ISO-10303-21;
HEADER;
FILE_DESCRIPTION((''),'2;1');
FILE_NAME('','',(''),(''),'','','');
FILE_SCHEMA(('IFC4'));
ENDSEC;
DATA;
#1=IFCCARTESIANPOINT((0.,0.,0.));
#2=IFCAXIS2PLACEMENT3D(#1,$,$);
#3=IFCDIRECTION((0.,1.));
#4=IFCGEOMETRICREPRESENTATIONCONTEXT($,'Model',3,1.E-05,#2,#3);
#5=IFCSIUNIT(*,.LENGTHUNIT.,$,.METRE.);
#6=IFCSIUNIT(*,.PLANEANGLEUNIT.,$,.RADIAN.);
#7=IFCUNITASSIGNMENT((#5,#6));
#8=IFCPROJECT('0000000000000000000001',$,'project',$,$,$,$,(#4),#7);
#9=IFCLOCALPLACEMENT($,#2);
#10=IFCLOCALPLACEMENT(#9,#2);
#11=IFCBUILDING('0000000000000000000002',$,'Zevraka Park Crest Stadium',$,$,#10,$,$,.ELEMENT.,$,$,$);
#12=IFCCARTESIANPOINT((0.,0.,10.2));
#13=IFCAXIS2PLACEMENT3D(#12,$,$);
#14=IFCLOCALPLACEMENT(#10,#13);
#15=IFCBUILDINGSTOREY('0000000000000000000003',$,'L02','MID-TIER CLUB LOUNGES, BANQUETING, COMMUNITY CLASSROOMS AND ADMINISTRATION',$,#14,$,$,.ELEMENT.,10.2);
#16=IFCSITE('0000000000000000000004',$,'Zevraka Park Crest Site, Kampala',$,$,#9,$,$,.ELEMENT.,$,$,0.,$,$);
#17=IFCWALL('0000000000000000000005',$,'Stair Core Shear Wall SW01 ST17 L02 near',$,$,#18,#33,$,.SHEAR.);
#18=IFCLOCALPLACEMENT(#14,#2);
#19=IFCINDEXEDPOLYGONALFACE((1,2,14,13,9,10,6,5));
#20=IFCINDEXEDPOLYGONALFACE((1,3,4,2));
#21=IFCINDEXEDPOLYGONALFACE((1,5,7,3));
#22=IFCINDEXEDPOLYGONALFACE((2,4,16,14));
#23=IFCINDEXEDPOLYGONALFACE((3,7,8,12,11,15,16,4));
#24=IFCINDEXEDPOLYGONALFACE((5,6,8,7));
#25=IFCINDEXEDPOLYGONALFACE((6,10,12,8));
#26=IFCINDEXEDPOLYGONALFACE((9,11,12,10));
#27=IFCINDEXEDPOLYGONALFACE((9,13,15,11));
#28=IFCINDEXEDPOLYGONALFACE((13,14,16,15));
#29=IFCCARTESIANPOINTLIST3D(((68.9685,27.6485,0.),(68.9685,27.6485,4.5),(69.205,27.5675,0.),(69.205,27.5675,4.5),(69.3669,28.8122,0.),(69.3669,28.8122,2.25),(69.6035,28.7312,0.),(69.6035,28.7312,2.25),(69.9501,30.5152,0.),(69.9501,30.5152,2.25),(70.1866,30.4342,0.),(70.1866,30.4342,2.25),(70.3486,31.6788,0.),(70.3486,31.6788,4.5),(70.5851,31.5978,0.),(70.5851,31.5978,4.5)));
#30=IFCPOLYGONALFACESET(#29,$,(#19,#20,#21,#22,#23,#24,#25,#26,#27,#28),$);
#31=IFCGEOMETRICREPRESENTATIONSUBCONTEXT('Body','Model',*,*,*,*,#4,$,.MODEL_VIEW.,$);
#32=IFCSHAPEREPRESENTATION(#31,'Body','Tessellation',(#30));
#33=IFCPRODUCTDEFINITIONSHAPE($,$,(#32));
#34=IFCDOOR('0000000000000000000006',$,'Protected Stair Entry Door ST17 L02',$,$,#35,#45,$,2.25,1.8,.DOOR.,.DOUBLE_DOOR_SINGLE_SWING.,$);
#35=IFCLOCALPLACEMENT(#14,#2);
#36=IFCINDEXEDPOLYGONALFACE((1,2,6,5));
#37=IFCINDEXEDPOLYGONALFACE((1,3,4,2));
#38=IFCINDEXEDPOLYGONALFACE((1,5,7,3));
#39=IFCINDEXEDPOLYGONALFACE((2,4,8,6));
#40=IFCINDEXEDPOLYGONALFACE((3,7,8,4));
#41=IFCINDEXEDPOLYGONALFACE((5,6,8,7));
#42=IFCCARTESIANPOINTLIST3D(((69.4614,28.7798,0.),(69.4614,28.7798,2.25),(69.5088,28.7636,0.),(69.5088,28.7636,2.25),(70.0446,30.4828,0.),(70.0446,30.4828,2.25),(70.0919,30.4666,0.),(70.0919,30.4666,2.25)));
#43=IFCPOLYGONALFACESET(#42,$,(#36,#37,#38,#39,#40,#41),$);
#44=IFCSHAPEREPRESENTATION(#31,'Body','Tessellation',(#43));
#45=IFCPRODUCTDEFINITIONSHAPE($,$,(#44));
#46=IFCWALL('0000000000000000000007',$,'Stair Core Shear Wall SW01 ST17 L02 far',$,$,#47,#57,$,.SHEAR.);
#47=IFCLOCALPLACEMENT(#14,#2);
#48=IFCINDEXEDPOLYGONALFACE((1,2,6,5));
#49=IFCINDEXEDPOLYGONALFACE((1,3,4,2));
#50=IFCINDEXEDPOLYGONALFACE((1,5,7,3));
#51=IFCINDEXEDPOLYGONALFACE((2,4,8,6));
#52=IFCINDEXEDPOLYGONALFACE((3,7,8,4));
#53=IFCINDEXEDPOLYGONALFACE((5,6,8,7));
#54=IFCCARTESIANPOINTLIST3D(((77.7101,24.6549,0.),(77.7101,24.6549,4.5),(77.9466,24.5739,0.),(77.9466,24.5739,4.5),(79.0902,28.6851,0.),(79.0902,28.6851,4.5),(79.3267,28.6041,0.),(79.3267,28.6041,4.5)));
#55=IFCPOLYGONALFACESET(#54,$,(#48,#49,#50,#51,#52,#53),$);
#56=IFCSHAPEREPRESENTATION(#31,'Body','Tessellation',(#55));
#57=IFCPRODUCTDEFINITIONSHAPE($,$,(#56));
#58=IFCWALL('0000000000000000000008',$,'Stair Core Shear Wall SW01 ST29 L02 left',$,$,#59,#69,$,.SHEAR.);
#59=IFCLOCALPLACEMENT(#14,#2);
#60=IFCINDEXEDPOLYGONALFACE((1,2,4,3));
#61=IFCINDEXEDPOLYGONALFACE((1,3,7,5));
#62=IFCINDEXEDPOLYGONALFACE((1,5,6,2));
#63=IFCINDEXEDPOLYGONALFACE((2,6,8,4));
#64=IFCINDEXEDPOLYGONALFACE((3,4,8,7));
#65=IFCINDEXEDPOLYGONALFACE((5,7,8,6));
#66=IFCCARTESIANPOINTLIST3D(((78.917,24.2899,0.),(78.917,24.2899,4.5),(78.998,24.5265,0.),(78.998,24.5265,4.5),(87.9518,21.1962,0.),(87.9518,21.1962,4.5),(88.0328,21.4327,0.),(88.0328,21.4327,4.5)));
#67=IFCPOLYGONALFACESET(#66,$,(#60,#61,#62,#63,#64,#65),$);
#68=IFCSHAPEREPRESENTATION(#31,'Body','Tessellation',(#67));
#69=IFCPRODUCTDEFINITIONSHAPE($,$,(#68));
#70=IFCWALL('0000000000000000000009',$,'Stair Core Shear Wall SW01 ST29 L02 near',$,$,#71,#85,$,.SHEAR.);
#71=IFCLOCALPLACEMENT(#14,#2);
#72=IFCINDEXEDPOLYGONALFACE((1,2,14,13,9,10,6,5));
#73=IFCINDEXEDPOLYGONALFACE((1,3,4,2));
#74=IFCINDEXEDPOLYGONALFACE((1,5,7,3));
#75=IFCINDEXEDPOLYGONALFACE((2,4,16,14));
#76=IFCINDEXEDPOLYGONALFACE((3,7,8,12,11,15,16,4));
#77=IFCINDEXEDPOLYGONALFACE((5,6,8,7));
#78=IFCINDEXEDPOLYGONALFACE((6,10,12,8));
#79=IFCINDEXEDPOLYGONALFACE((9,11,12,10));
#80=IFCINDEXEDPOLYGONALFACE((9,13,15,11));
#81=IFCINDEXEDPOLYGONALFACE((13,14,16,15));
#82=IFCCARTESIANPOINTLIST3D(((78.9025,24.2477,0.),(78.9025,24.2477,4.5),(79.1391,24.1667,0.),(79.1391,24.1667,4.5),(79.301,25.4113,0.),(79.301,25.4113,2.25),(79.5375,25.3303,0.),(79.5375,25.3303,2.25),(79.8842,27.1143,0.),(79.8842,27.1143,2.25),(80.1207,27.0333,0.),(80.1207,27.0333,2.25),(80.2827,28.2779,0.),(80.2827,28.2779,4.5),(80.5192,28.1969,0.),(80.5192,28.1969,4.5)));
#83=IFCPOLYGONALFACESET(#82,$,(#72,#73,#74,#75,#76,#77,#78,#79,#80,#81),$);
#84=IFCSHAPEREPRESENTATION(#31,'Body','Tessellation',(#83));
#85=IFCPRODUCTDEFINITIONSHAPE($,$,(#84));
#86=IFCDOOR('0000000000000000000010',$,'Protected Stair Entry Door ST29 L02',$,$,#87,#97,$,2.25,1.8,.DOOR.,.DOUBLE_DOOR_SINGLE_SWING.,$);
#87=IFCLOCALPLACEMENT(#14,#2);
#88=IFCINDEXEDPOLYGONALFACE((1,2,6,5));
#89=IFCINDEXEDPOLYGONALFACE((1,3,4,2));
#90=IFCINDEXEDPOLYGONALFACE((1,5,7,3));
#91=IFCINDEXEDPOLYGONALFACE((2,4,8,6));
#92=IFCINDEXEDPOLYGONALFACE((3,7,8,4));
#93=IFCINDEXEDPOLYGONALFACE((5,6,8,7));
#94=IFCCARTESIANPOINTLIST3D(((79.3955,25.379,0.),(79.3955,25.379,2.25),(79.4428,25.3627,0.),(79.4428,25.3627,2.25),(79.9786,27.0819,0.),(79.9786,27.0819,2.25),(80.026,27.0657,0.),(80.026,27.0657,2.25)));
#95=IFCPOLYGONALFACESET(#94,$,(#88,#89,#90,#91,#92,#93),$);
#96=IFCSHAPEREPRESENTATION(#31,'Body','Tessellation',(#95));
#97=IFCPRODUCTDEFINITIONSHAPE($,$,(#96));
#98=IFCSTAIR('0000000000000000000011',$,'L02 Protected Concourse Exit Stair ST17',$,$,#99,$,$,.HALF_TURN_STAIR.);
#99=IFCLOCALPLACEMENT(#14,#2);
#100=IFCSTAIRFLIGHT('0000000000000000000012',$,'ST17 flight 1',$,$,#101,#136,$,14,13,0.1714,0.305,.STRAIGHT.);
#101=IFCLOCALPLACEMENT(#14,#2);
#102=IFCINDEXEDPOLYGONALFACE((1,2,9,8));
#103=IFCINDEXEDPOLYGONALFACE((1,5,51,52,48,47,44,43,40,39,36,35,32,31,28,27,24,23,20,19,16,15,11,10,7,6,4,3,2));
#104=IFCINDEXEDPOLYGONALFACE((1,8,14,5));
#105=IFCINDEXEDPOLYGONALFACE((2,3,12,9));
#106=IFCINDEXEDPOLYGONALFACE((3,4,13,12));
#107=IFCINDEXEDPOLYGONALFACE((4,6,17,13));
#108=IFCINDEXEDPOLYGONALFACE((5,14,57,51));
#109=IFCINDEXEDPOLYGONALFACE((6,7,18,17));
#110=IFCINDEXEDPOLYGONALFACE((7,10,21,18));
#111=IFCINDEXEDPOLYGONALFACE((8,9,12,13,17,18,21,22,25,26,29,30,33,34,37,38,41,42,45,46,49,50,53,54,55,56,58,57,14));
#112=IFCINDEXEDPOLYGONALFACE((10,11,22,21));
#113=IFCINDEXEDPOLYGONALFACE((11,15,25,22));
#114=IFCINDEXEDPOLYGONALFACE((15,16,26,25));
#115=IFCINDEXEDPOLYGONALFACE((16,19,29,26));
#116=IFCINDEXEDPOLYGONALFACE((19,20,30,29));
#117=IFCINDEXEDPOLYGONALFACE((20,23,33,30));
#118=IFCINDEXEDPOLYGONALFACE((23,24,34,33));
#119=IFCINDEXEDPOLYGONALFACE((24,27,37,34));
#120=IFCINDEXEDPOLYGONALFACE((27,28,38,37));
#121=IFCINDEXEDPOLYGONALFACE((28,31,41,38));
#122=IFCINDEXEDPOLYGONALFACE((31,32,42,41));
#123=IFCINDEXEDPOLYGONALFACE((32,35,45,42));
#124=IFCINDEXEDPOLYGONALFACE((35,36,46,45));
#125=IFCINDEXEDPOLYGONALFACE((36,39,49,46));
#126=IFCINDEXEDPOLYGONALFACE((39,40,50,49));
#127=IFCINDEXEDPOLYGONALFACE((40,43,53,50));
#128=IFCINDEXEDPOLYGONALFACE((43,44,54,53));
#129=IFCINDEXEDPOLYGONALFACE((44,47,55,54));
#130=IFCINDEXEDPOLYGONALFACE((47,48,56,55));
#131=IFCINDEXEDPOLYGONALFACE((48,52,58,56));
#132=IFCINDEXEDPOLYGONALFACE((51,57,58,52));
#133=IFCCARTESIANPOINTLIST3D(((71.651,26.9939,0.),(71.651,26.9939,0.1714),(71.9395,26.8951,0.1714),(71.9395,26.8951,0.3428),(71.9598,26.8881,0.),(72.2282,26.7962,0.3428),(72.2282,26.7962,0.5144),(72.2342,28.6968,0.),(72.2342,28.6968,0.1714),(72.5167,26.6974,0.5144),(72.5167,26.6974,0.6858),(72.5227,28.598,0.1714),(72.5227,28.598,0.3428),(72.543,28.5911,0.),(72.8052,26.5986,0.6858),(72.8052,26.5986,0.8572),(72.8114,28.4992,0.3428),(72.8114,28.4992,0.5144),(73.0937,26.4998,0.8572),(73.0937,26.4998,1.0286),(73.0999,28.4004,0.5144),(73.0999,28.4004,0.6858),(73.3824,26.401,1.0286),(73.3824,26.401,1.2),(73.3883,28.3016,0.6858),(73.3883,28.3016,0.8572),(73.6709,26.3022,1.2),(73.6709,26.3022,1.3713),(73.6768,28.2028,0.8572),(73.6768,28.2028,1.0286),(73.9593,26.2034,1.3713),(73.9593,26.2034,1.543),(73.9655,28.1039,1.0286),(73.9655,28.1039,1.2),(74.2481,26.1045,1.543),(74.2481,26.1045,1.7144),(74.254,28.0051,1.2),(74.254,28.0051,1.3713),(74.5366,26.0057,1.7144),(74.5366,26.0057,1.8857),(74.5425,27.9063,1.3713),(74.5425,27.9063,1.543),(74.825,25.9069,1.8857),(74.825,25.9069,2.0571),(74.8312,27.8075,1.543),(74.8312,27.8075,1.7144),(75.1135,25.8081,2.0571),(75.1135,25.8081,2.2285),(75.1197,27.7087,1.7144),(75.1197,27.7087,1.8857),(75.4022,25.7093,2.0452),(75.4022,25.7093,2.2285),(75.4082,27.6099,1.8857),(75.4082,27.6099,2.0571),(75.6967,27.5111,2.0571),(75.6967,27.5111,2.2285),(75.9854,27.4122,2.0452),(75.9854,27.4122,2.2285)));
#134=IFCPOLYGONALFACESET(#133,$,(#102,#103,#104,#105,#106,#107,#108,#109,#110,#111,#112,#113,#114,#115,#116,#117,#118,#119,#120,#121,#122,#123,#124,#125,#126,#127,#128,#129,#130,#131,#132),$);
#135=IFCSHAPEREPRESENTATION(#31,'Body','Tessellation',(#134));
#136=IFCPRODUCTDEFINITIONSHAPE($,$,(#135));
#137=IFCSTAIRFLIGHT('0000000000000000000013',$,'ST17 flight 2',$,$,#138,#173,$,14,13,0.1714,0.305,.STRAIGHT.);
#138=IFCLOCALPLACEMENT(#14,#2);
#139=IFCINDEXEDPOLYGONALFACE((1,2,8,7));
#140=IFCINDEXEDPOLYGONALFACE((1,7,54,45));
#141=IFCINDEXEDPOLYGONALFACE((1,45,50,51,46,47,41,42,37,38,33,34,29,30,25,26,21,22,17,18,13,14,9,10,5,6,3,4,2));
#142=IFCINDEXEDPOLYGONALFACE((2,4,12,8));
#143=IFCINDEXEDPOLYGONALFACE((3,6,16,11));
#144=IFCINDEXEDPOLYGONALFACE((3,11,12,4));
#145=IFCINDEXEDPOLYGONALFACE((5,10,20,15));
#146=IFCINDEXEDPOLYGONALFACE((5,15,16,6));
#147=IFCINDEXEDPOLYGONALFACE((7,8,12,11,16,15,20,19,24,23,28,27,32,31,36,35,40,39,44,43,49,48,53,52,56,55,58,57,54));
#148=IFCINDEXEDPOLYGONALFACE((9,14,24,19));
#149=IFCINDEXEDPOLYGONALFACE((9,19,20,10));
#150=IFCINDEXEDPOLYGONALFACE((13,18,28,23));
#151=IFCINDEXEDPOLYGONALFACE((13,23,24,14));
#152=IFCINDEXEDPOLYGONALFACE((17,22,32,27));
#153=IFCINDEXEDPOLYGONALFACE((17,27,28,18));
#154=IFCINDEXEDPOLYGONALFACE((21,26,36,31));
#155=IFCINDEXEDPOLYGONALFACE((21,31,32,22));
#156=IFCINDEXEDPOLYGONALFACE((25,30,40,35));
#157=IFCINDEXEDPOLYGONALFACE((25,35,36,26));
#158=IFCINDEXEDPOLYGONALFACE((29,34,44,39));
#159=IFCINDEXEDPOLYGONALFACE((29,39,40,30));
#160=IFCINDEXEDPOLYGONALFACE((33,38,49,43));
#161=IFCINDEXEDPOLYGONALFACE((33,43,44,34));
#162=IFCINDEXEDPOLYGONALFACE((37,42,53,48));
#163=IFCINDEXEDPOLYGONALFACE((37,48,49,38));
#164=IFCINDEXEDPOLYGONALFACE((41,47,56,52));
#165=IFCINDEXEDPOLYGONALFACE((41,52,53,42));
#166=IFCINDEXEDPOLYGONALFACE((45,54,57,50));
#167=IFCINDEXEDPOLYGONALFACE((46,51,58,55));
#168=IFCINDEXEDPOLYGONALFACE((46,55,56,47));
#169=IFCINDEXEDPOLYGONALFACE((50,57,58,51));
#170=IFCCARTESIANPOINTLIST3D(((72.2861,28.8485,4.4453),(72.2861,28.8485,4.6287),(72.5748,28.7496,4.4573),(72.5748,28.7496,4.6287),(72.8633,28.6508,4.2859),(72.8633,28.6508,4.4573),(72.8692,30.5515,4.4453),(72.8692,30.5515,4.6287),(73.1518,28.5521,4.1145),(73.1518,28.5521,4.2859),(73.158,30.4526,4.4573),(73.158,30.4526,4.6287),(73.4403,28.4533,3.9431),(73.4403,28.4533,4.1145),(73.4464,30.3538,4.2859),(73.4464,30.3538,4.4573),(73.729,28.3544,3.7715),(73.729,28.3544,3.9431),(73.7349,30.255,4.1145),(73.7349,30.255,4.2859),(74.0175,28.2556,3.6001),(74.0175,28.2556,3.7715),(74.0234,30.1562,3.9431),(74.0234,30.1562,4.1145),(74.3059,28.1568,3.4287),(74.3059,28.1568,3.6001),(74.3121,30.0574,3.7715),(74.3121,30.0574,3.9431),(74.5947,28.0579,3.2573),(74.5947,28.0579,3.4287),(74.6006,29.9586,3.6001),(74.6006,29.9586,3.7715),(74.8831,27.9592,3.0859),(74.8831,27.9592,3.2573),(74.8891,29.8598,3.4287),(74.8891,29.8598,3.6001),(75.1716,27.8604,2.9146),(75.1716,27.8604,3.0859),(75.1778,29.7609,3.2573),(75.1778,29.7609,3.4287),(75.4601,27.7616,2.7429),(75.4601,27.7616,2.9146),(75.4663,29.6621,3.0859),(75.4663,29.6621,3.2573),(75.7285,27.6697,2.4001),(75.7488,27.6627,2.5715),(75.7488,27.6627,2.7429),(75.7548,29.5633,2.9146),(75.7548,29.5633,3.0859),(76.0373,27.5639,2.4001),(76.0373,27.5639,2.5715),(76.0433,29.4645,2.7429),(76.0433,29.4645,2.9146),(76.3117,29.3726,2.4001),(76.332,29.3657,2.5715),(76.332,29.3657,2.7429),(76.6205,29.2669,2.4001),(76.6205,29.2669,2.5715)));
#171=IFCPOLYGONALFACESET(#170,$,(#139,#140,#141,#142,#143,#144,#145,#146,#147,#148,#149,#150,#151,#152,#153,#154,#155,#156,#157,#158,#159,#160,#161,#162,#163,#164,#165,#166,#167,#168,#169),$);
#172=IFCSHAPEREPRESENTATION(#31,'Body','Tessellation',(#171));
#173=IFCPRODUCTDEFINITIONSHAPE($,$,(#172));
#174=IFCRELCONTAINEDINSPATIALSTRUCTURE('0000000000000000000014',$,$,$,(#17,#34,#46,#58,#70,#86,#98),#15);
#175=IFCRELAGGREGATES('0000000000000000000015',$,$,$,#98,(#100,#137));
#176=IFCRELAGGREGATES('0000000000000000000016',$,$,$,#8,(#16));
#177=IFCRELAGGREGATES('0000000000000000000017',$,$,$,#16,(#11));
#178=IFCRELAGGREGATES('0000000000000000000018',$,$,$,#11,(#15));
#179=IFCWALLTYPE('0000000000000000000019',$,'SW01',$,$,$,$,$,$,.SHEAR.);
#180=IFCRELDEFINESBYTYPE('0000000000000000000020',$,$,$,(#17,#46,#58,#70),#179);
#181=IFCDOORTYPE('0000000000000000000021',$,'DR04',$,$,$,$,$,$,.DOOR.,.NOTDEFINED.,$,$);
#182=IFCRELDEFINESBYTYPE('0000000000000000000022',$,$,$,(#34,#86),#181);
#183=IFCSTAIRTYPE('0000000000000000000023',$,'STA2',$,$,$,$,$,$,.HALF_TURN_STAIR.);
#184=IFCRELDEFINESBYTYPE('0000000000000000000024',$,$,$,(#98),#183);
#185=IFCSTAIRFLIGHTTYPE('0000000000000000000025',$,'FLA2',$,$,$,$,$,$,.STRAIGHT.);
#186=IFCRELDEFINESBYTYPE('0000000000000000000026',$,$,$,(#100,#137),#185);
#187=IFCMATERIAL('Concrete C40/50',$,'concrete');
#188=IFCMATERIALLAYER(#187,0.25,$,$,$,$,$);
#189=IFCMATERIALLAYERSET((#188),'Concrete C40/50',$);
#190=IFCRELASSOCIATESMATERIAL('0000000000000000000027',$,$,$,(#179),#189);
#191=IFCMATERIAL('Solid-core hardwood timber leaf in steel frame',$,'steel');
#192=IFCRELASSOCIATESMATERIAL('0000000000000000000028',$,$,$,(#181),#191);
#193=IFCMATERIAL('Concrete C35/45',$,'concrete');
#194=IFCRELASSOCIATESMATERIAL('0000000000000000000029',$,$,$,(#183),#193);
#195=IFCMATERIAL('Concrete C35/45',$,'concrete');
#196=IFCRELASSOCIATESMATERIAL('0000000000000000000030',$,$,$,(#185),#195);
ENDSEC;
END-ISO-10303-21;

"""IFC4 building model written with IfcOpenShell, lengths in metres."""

from ifc_helpers import new_model, si_unit, direction, frame, frame_2d, origin, place, context, subcontext, project, spatial, polyline, rectangle, outline, extrude, material, layer, layer_set, type_object, element, fill, aggregate, save


model = new_model("IFC4")

# Units and contexts
model_context = context("Model", 3, precision=1e-05, world=origin(), true_north=direction((0.0, 1.0)))
body_context = subcontext(model_context, "Body", "Model", "MODEL_VIEW")
ifc_project = project(units=[si_unit("LENGTHUNIT", "METRE"), si_unit("PLANEANGLEUNIT", "RADIAN")], contexts=[model_context])

# Site, building, storey
site_placement = place(None, origin())
site = spatial("IfcSite", under=ifc_project, at=site_placement, Name="Zevraka Park Crest Site, Kampala", CompositionType="ELEMENT", RefElevation=0.0)
building_placement = place(site_placement, origin())
building = spatial("IfcBuilding", under=site, at=building_placement, Name="Zevraka Park Crest Stadium", CompositionType="ELEMENT")
storey_placement = place(building_placement, frame((0.0, 0.0, 10.2)))
storey = spatial("IfcBuildingStorey", under=building, at=storey_placement, Name="L02", Description="MID-TIER CLUB LOUNGES, BANQUETING, COMMUNITY CLASSROOMS AND ADMINISTRATION", CompositionType="ELEMENT", Elevation=10.2)

# Shared definitions
ifc_material_1 = material(Name="Concrete C40/50", Category="concrete")
ifc_layer_1 = layer(ifc_material_1, 0.25)
ifc_layer_set_1 = layer_set([ifc_layer_1], Name="Concrete C40/50")
wall_type_1 = type_object("IfcWallType", Name="SW01", PredefinedType="SHEAR", material=ifc_layer_set_1)

# Wall, opening, door
wall_1_placement = place(storey_placement, frame((70.4668, 31.6382, 0.0), z_axis=(0.0, 0.0, 1.0), x_axis=(-0.323971, -0.946067, 0.0)))
wall_1 = element("IfcWall", 1, at=wall_1_placement, inside=storey, type_object=wall_type_1, Name="Stair Core Shear Wall SW01 ST17 L02 near", PredefinedType="SHEAR", context=body_context, shape_type="SweptSolid", body=[
    extrude(rectangle(XDim=4.26, YDim=0.25, at=frame_2d((2.1299, 0.0))), origin(), (0.0, 0.0, 1.0), 4.5),
])
opening_1_placement = place(wall_1_placement, frame((1.23, 0.0, 0.0)))
opening_1 = element("IfcOpeningElement", 2, at=opening_1_placement, cuts=wall_1, PredefinedType="OPENING", context=body_context, shape_type="SweptSolid", body=[
    extrude(rectangle(XDim=1.8, YDim=2.25, at=frame_2d((0.8999, 1.125))), frame((0.0, 0.135, 0.0), z_axis=(0.0, -1.0, 0.0), x_axis=(1.0, 0.0, 0.0)), (0.0, 0.0, 1.0), 0.27),
])
ifc_material_2 = material(Name="Solid-core hardwood timber leaf in steel frame", Category="steel")
door_type_1 = type_object("IfcDoorType", Name="DR04", OperationType="NOTDEFINED", PredefinedType="DOOR", material=ifc_material_2)
door_1_placement = place(opening_1_placement, origin())
door_1 = element("IfcDoor", 3, at=door_1_placement, inside=storey, type_object=door_type_1, Name="Protected Stair Entry Door ST17 L02", OperationType="DOUBLE_DOOR_SINGLE_SWING", OverallHeight=2.25, OverallWidth=1.8, PredefinedType="DOOR", context=body_context, shape_type="SweptSolid", body=[
    extrude(rectangle(XDim=1.8, YDim=2.25, at=frame_2d((0.8999, 1.125))), frame((0.0, 0.0249, 0.0), z_axis=(0.0, -1.0, 0.0), x_axis=(1.0, 0.0, 0.0)), (0.0, 0.0, 1.0), 0.05),
])
fill(opening_1, door_1)

# Walls
wall_2_placement = place(storey_placement, frame((77.8284, 24.6145, 0.0), z_axis=(0.0, 0.0, 1.0), x_axis=(0.323971, 0.946067, 0.0)))
element("IfcWall", 4, at=wall_2_placement, inside=storey, type_object=wall_type_1, Name="Stair Core Shear Wall SW01 ST17 L02 far", PredefinedType="SHEAR", context=body_context, shape_type="SweptSolid", body=[
    extrude(rectangle(XDim=4.26, YDim=0.25, at=frame_2d((2.1299, 0.0))), origin(), (0.0, 0.0, 1.0), 4.5),
])
wall_3_placement = place(storey_placement, frame((78.9575, 24.4082, 0.0), z_axis=(0.0, 0.0, 1.0), x_axis=(0.946072, -0.323956, 0.0)))
element("IfcWall", 5, at=wall_3_placement, inside=storey, type_object=wall_type_1, Name="Stair Core Shear Wall SW01 ST29 L02 left", PredefinedType="SHEAR", context=body_context, shape_type="SweptSolid", body=[
    extrude(rectangle(XDim=9.5498, YDim=0.25, at=frame_2d((4.7749, 0.0))), origin(), (0.0, 0.0, 1.0), 4.5),
])

# Wall, opening, door
wall_4_placement = place(storey_placement, frame((80.4009, 28.2373, 0.0), z_axis=(0.0, 0.0, 1.0), x_axis=(-0.323971, -0.946067, 0.0)))
wall_4 = element("IfcWall", 6, at=wall_4_placement, inside=storey, type_object=wall_type_1, Name="Stair Core Shear Wall SW01 ST29 L02 near", PredefinedType="SHEAR", context=body_context, shape_type="SweptSolid", body=[
    extrude(rectangle(XDim=4.26, YDim=0.25, at=frame_2d((2.1299, 0.0))), origin(), (0.0, 0.0, 1.0), 4.5),
])
opening_2_placement = place(wall_4_placement, frame((1.23, 0.0, 0.0)))
opening_2 = element("IfcOpeningElement", 7, at=opening_2_placement, cuts=wall_4, PredefinedType="OPENING", context=body_context, shape_type="SweptSolid", body=[
    extrude(rectangle(XDim=1.8, YDim=2.25, at=frame_2d((0.8999, 1.125))), frame((0.0, 0.135, 0.0), z_axis=(0.0, -1.0, 0.0), x_axis=(1.0, 0.0, 0.0)), (0.0, 0.0, 1.0), 0.27),
])
door_2_placement = place(opening_2_placement, origin())
door_2 = element("IfcDoor", 8, at=door_2_placement, inside=storey, type_object=door_type_1, Name="Protected Stair Entry Door ST29 L02", OperationType="DOUBLE_DOOR_SINGLE_SWING", OverallHeight=2.25, OverallWidth=1.8, PredefinedType="DOOR", context=body_context, shape_type="SweptSolid", body=[
    extrude(rectangle(XDim=1.8, YDim=2.25, at=frame_2d((0.8999, 1.125))), frame((0.0, 0.0249, 0.0), z_axis=(0.0, -1.0, 0.0), x_axis=(1.0, 0.0, 0.0)), (0.0, 0.0, 1.0), 0.05),
])
fill(opening_2, door_2)

# Stair, stair flights
ifc_material_3 = material(Name="Concrete C35/45", Category="concrete")
stair_type = type_object("IfcStairType", Name="STA2", PredefinedType="HALF_TURN_STAIR", material=ifc_material_3)
stair_placement = place(storey_placement, origin())
stair = element("IfcStair", 9, at=stair_placement, inside=storey, type_object=stair_type, Name="L02 Protected Concourse Exit Stair ST17", PredefinedType="HALF_TURN_STAIR")
ifc_material_4 = material(Name="Concrete C35/45", Category="concrete")
stair_flight_type = type_object("IfcStairFlightType", Name="FLA2", PredefinedType="STRAIGHT", material=ifc_material_4)
stair_flight_1_placement = place(storey_placement, frame((71.9426, 27.8455, 0.0), z_axis=(0.0, 0.0, 1.0), x_axis=(0.946066, -0.323974, 0.0)))
stair_flight_1 = element("IfcStairFlight", 10, at=stair_flight_1_placement, type_object=stair_flight_type, Name="ST17 flight 1", NumberOfRisers=14, NumberOfTreads=13, PredefinedType="STRAIGHT", RiserHeight=0.1714, TreadLength=0.305, context=body_context, shape_type="SweptSolid", body=[
    extrude(outline(polyline([(0.0, 0.0), (0.0, 0.1714), (0.3049, 0.1714), (0.3049, 0.3428), (0.6101, 0.3428), (0.6101, 0.5144), (0.915, 0.5144), (0.915, 0.6858), (1.22, 0.6858), (1.22, 0.8572), (1.5249, 0.8572), (1.5249, 1.0286), (1.8301, 1.0286), (1.8301, 1.2), (2.135, 1.2), (2.135, 1.3713), (2.4399, 1.3713), (2.4399, 1.543), (2.7451, 1.543), (2.7451, 1.7144), (3.05, 1.7144), (3.05, 1.8857), (3.355, 1.8857), (3.355, 2.0571), (3.6599, 2.0571), (3.6599, 2.2285), (3.9651, 2.2285), (3.9651, 2.3999), (3.9651, 2.0452), (0.3264, 0.0), (0.0, 0.0)])), frame((0.0, 0.8999, 0.0), z_axis=(0.0, -1.0, 0.0), x_axis=(1.0, 0.0, 0.0)), (0.0, 0.0, 1.0), 1.8),
])
stair_flight_2_placement = place(storey_placement, frame((76.3289, 28.4153, 2.4001), z_axis=(0.0, 0.0, 1.0), x_axis=(-0.946066, 0.323974, 0.0)))
stair_flight_2 = element("IfcStairFlight", 11, at=stair_flight_2_placement, type_object=stair_flight_type, Name="ST17 flight 2", NumberOfRisers=14, NumberOfTreads=13, PredefinedType="STRAIGHT", RiserHeight=0.1714, TreadLength=0.305, context=body_context, shape_type="SweptSolid", body=[
    extrude(outline(polyline([(0.0, 0.0), (0.0, 0.1714), (0.3049, 0.1714), (0.3049, 0.3428), (0.6101, 0.3428), (0.6101, 0.5144), (0.915, 0.5144), (0.915, 0.6858), (1.22, 0.6858), (1.22, 0.8572), (1.5249, 0.8572), (1.5249, 1.0286), (1.8301, 1.0286), (1.8301, 1.2), (2.135, 1.2), (2.135, 1.3713), (2.4399, 1.3713), (2.4399, 1.543), (2.7451, 1.543), (2.7451, 1.7144), (3.05, 1.7144), (3.05, 1.8857), (3.355, 1.8857), (3.355, 2.0571), (3.6599, 2.0571), (3.6599, 2.2285), (3.9651, 2.2285), (3.9651, 2.3999), (3.9651, 2.0452), (0.3264, 0.0), (0.0, 0.0)])), frame((0.0, 0.8999, 0.0), z_axis=(0.0, -1.0, 0.0), x_axis=(1.0, 0.0, 0.0)), (0.0, 0.0, 1.0), 1.8),
])
aggregate(stair, [stair_flight_1, stair_flight_2])

save(model, "model.ifc")
